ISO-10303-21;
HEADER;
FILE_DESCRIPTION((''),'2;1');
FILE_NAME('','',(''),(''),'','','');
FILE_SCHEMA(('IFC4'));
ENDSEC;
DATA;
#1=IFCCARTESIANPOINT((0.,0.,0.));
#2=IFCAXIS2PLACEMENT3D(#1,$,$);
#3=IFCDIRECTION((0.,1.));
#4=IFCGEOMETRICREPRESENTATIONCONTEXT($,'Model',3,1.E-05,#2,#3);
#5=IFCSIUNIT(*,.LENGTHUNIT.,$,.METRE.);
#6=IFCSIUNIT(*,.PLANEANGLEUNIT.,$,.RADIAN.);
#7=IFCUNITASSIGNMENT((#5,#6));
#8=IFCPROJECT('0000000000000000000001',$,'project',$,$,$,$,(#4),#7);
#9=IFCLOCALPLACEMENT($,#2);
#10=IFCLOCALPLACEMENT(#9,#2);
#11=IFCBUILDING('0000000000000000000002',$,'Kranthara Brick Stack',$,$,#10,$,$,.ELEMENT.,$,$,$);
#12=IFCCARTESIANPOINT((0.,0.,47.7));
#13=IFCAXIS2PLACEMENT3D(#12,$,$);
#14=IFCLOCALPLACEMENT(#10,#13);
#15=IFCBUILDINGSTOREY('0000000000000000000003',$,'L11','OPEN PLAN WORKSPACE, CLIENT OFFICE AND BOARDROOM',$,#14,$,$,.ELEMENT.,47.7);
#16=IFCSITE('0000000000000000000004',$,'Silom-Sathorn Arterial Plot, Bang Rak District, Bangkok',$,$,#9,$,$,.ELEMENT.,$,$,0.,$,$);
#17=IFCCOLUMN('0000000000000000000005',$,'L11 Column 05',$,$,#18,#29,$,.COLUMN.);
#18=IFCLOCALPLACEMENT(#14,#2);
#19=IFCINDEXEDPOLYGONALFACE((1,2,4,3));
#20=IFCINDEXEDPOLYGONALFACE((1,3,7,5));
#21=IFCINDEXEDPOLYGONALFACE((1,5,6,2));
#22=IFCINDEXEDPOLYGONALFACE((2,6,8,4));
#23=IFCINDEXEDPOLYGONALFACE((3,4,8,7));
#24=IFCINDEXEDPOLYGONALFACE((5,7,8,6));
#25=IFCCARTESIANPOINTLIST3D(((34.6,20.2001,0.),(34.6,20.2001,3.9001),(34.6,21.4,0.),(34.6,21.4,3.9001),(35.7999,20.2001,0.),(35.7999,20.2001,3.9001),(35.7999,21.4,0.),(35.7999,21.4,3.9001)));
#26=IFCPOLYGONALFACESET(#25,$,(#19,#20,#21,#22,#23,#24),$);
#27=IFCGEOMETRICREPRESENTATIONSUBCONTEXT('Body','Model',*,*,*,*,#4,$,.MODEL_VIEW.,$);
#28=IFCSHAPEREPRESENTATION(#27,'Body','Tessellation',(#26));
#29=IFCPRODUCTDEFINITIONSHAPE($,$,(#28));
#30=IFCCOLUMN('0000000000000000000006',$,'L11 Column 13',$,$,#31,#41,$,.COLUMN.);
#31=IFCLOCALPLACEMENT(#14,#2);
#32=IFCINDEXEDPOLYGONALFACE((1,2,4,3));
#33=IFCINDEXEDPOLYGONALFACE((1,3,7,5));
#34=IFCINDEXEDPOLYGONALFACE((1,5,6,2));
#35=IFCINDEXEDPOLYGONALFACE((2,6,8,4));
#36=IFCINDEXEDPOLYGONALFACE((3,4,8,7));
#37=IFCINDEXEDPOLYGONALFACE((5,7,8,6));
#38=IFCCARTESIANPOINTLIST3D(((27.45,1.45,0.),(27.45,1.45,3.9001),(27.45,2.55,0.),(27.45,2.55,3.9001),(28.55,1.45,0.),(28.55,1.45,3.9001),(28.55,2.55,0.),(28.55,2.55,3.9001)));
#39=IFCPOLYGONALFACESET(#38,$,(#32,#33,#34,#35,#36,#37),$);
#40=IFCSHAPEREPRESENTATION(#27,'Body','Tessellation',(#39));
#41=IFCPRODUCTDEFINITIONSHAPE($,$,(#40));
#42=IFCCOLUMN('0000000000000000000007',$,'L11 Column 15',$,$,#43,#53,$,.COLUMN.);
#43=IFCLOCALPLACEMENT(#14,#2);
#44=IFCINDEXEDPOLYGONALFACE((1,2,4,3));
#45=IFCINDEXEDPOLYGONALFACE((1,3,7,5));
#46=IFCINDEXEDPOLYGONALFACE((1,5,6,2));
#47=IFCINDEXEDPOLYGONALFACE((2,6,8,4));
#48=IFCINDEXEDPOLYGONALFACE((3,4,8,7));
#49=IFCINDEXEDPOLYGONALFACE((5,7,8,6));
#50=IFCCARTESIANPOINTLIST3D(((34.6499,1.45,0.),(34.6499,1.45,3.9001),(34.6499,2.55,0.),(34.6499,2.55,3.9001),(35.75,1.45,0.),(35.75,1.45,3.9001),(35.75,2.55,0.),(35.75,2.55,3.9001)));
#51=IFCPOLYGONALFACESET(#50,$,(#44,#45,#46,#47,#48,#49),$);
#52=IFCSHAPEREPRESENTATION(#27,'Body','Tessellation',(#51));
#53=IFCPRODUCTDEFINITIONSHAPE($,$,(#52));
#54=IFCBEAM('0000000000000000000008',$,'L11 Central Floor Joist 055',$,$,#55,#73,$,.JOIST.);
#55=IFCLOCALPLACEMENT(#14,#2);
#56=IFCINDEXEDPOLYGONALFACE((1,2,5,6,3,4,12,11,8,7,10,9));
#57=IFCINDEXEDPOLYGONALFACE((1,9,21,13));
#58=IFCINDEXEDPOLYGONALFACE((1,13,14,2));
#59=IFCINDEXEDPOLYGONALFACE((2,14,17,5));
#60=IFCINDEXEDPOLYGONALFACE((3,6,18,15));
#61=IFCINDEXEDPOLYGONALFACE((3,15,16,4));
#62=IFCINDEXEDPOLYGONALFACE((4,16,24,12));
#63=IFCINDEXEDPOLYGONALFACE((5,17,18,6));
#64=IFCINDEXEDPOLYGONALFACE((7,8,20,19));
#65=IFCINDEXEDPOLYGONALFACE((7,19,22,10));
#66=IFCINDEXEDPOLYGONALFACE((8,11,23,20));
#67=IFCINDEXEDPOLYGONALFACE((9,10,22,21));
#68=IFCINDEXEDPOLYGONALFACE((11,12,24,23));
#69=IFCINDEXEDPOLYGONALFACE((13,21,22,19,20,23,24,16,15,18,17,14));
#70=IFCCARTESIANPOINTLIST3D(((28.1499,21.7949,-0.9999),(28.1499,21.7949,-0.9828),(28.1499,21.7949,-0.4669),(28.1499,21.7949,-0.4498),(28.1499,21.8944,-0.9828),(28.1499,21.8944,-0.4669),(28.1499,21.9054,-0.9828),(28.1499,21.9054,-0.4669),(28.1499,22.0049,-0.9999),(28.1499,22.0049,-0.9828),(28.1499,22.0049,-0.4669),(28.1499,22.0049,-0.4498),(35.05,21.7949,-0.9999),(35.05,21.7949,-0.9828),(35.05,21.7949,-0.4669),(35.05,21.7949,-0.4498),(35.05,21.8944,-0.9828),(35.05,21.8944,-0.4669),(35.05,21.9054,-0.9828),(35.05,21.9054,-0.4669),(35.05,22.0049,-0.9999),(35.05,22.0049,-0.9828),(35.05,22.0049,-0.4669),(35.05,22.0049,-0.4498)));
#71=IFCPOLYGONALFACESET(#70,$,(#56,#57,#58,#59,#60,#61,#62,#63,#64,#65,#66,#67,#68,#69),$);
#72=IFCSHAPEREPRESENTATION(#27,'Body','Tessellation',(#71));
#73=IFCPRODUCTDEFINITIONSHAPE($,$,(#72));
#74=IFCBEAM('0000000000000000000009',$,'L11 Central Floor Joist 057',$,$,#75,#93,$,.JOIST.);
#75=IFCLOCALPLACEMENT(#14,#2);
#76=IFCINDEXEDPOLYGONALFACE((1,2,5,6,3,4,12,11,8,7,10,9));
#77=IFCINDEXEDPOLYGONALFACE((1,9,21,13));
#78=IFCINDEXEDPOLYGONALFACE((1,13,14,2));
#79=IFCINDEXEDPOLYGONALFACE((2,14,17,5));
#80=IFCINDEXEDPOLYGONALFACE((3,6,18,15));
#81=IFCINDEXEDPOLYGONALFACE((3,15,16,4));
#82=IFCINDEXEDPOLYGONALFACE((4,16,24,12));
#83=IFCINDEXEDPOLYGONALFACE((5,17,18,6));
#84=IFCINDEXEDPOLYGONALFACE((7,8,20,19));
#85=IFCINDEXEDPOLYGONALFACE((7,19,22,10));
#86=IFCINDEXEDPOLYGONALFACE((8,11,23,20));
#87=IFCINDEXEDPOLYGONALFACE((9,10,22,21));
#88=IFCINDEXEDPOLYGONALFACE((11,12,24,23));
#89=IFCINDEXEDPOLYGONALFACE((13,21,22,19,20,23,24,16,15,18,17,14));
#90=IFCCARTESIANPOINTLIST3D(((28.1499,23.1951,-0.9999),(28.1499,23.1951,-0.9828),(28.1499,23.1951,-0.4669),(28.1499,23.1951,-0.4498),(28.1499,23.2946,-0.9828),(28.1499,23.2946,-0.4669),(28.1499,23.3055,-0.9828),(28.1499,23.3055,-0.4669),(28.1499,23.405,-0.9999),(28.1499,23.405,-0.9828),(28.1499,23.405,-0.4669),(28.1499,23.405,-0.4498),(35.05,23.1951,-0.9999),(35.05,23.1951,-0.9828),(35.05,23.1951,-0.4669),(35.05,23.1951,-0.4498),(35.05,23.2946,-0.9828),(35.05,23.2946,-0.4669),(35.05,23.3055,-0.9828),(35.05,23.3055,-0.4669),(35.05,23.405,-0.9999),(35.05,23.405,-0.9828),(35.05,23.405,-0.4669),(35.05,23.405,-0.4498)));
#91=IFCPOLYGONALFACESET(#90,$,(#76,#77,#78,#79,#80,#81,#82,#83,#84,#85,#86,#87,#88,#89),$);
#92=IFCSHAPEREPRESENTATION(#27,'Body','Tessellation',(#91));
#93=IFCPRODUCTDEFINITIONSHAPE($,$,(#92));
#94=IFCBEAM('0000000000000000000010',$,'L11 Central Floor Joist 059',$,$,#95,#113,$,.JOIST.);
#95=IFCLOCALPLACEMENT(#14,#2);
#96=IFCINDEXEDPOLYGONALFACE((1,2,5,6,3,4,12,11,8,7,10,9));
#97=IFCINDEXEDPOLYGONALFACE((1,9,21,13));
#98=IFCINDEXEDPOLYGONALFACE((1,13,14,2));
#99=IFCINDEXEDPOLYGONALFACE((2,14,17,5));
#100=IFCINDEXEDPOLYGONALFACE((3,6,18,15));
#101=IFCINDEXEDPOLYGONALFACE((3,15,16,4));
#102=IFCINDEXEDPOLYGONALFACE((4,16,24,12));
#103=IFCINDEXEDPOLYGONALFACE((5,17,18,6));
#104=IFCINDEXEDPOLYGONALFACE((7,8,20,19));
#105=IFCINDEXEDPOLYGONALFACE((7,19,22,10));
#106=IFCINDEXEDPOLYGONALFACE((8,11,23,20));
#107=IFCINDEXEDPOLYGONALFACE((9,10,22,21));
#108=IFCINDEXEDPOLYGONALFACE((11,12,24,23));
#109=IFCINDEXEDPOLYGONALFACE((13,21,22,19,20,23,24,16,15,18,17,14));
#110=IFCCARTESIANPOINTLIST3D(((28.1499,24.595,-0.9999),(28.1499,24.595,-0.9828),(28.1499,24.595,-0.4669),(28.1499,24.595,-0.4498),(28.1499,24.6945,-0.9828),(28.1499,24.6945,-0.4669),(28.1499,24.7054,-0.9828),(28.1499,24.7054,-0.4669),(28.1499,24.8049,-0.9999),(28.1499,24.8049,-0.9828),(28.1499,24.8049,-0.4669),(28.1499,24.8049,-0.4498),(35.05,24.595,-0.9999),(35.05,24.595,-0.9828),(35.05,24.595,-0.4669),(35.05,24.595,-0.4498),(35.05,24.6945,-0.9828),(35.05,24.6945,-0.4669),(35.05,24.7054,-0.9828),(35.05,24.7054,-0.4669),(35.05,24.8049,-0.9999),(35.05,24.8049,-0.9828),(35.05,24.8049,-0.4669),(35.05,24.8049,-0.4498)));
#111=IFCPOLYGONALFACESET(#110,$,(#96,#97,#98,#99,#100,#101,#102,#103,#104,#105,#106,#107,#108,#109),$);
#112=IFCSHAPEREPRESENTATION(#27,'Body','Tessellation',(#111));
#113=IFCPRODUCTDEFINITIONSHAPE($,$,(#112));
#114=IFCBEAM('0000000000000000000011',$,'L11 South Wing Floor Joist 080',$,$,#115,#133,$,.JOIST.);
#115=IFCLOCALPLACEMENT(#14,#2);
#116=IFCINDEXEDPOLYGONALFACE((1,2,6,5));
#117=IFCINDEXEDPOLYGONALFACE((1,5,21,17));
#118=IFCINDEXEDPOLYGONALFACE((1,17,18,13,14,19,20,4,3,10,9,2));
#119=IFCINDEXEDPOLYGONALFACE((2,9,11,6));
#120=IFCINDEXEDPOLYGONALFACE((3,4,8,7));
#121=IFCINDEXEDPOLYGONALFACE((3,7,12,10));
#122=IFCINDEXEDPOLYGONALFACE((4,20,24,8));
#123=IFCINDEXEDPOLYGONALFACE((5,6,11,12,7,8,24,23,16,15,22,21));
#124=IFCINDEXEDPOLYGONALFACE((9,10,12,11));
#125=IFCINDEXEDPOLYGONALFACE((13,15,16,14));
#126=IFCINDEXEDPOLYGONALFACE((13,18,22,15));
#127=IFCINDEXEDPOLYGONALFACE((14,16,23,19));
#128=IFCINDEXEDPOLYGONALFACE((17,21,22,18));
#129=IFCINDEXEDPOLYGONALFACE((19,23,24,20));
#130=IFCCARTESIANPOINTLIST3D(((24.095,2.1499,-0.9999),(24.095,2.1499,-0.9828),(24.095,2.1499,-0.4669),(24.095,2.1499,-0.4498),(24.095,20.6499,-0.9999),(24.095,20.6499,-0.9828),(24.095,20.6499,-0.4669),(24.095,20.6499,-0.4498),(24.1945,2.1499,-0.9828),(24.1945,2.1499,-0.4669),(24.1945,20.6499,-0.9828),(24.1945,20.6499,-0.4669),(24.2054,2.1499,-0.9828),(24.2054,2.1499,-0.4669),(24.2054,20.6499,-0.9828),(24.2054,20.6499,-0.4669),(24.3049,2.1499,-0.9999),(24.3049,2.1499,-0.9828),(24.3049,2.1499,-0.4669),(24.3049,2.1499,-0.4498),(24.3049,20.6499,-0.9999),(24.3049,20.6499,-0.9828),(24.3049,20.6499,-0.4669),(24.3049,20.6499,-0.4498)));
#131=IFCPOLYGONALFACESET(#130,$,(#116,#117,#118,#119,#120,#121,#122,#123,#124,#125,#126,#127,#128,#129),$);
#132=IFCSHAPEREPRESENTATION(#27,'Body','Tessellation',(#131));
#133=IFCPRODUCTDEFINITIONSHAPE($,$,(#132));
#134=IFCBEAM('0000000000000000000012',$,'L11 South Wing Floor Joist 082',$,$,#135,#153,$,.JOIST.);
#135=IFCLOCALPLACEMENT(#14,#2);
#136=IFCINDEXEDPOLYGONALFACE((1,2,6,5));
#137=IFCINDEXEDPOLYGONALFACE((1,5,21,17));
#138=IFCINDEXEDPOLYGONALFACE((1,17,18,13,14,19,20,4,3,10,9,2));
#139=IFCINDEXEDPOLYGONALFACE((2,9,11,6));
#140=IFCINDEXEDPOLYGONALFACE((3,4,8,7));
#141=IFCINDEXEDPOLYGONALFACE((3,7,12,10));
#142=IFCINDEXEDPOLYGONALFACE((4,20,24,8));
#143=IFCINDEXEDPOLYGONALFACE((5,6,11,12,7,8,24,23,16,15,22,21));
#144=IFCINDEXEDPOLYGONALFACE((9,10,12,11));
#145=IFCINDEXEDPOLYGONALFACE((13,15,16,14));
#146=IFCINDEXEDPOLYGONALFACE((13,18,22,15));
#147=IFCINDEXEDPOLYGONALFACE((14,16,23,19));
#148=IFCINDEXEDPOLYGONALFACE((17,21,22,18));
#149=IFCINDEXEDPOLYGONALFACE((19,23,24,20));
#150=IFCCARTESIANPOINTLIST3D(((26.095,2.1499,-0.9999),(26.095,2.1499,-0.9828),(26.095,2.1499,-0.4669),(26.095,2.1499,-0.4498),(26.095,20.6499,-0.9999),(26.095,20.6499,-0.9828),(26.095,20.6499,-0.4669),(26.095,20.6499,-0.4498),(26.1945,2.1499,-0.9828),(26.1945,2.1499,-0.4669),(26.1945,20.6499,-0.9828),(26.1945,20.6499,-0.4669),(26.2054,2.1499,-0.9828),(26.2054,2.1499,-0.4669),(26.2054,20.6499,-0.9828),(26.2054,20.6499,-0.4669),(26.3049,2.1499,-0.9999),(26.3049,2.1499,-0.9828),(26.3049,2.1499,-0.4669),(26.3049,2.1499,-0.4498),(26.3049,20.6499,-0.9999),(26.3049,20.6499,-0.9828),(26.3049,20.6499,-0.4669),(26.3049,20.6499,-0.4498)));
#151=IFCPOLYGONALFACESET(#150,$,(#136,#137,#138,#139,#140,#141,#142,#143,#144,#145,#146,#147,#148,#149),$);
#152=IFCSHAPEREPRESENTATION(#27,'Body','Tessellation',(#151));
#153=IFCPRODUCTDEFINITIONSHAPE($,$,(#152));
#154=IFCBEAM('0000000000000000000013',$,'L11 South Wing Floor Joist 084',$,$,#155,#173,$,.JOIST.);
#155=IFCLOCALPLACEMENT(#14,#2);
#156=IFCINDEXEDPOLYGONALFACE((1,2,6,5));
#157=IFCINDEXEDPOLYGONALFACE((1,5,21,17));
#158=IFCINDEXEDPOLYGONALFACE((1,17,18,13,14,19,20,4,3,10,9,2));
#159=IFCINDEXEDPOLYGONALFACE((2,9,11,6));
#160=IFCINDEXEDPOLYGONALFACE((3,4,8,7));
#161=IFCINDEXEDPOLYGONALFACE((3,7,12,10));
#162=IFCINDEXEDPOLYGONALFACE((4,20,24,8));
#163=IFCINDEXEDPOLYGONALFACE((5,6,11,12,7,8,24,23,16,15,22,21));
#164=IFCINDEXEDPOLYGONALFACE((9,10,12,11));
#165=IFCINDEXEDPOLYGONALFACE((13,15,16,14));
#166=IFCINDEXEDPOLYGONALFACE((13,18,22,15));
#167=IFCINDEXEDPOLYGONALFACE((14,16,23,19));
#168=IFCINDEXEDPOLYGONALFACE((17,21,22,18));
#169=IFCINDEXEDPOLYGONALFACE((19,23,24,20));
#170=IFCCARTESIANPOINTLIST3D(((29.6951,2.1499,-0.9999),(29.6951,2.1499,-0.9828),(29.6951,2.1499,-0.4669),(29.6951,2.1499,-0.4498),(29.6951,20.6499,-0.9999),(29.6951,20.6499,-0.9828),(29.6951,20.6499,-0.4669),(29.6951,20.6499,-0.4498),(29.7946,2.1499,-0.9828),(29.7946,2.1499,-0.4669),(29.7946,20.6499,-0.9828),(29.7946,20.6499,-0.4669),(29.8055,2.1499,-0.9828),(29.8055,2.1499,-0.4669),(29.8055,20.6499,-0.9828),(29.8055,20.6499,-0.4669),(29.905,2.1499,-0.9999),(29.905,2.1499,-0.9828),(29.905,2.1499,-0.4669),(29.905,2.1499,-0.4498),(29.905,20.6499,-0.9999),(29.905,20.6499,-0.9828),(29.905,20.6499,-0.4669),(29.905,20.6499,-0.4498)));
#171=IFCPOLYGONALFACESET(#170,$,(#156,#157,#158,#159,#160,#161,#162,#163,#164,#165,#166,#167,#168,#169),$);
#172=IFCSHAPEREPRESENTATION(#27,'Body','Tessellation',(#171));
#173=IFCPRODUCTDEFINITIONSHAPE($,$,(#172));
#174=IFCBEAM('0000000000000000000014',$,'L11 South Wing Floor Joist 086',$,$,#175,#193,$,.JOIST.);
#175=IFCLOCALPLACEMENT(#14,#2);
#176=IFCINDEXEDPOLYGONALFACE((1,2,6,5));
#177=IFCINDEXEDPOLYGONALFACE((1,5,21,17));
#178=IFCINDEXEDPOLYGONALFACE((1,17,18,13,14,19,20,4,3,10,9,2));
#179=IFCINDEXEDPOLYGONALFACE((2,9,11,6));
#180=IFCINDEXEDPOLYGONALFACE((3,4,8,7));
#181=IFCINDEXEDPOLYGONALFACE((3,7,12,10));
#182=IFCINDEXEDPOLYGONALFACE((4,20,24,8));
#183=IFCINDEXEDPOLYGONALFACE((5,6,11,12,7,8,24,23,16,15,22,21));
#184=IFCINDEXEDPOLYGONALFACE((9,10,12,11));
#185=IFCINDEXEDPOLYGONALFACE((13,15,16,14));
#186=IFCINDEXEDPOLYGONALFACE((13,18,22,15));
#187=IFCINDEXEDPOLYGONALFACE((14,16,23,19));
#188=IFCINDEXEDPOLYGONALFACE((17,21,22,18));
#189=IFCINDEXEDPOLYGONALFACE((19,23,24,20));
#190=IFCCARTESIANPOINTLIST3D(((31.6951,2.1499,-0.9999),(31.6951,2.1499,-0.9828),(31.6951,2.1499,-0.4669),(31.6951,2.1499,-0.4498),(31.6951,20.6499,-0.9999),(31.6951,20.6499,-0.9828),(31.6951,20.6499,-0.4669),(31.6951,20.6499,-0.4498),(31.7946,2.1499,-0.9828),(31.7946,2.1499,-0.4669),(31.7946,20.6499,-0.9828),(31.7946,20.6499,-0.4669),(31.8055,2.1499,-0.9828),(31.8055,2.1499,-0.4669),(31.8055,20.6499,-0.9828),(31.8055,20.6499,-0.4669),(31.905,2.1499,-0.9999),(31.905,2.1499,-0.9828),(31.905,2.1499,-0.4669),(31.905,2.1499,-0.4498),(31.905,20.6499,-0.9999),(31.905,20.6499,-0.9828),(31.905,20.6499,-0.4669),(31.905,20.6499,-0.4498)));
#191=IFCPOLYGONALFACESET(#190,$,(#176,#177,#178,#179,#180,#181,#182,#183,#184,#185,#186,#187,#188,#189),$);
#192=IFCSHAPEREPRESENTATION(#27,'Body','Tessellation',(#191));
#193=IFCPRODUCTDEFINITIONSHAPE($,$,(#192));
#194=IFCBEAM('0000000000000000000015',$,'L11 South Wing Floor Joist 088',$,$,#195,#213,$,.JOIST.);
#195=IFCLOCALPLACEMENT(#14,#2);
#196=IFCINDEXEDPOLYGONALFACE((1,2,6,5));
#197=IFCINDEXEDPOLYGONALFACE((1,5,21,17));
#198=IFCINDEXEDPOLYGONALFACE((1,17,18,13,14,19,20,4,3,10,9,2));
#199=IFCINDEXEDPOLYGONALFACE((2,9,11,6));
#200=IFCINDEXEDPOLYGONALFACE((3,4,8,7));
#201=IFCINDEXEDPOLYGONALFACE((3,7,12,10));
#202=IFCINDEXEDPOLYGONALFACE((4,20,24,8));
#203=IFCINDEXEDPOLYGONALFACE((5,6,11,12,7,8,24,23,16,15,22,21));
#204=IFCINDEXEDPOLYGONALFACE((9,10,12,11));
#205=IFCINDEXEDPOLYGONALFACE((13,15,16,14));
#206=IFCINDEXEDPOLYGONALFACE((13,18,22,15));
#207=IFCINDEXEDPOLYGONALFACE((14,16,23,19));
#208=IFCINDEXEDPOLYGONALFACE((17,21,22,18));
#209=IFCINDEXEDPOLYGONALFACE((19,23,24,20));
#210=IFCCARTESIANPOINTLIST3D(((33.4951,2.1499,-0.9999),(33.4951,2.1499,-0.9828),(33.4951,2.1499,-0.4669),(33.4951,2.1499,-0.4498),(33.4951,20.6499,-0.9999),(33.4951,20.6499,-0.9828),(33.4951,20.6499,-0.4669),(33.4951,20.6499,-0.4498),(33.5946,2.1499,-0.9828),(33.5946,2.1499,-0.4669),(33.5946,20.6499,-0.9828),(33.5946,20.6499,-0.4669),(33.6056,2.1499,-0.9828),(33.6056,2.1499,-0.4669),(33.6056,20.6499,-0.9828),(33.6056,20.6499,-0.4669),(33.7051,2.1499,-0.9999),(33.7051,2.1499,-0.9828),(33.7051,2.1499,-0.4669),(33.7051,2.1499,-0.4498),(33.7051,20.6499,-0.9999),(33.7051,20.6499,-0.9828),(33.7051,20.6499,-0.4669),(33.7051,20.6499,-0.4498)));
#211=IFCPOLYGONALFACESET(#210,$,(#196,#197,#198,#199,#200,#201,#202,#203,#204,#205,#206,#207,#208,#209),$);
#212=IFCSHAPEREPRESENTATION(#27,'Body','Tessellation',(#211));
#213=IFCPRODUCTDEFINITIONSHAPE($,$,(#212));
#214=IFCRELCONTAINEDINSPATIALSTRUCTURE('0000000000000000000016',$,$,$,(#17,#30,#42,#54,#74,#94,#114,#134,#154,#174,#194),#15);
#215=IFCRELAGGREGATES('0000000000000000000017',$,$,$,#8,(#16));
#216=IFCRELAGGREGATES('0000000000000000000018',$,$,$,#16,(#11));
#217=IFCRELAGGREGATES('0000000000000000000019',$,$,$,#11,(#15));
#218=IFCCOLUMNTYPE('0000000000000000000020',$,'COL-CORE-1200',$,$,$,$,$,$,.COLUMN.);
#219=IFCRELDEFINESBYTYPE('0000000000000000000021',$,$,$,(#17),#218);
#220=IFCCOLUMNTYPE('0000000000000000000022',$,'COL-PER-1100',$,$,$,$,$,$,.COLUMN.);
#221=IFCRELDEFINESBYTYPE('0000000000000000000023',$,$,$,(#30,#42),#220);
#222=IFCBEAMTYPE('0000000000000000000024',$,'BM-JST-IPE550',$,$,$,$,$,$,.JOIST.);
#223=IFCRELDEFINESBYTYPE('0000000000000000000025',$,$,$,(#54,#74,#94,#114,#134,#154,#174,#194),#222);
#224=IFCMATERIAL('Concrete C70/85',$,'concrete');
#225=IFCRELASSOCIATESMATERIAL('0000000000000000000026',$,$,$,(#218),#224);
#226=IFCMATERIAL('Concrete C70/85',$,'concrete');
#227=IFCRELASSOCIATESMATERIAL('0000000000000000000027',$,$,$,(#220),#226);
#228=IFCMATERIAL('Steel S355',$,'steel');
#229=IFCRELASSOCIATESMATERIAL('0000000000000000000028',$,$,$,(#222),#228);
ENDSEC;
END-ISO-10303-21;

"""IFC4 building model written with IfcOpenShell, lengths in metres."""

from ifc_helpers import new_model, si_unit, direction, frame, origin, origin_2d, place, context, subcontext, project, spatial, rectangle, i_section, extrude, material, material_profile, profile_set, type_object, element, save


model = new_model("IFC4")

# Units and contexts
model_context = context("Model", 3, precision=1e-05, world=origin(), true_north=direction((0.0, 1.0)))
body_context = subcontext(model_context, "Body", "Model", "MODEL_VIEW")
ifc_project = project(units=[si_unit("LENGTHUNIT", "METRE"), si_unit("PLANEANGLEUNIT", "RADIAN")], contexts=[model_context])

# Site, building, storey
site_placement = place(None, origin())
site = spatial("IfcSite", under=ifc_project, at=site_placement, Name="Silom-Sathorn Arterial Plot, Bang Rak District, Bangkok", CompositionType="ELEMENT", RefElevation=0.0)
building_placement = place(site_placement, origin())
building = spatial("IfcBuilding", under=site, at=building_placement, Name="Kranthara Brick Stack", CompositionType="ELEMENT")
storey_placement = place(building_placement, frame((0.0, 0.0, 47.7)))
storey = spatial("IfcBuildingStorey", under=building, at=storey_placement, Name="L11", Description="OPEN PLAN WORKSPACE, CLIENT OFFICE AND BOARDROOM", CompositionType="ELEMENT", Elevation=47.7)

# Columns
ifc_material_1 = material(Name="Concrete C70/85", Category="concrete")
ifc_material_profile_1 = material_profile(ifc_material_1, rectangle(XDim=1.2, YDim=1.2, at=origin_2d()), Name="RC 1200x1200")
ifc_profile_set_1 = profile_set([ifc_material_profile_1], Name="Concrete C70/85")
column_type_1 = type_object("IfcColumnType", Name="COL-CORE-1200", PredefinedType="COLUMN", material=ifc_profile_set_1)
column_placement = place(storey_placement, frame((35.2, 20.8, 0.0), z_axis=(0.0, 0.0, 1.0), x_axis=(1.0, 0.0, 0.0)))
element("IfcColumn", 1, at=column_placement, inside=storey, type_object=column_type_1, Name="L11 Column 05", PredefinedType="COLUMN", context=body_context, shape_type="SweptSolid", body=[
    extrude(rectangle(XDim=1.2, YDim=1.2, at=origin_2d()), origin(), (0.0, 0.0, 1.0), 3.9001),
])
ifc_material_2 = material(Name="Concrete C70/85", Category="concrete")
ifc_material_profile_2 = material_profile(ifc_material_2, rectangle(XDim=1.1001, YDim=1.1001, at=origin_2d()), Name="RC 1100x1100")
ifc_profile_set_2 = profile_set([ifc_material_profile_2], Name="Concrete C70/85")
column_type_2 = type_object("IfcColumnType", Name="COL-PER-1100", PredefinedType="COLUMN", material=ifc_profile_set_2)
for number, where, z_axis, x_axis, name in (
    (2, (28.0, 2.0, 0.0), (0.0, 0.0, 1.0), (1.0, 0.0, 0.0), "L11 Column 13"),
    (3, (35.2, 2.0, 0.0), (0.0, 0.0, 1.0), (1.0, 0.0, 0.0), "L11 Column 15"),
):
    element("IfcColumn", number, at=place(storey_placement, frame(where, z_axis=z_axis, x_axis=x_axis)), inside=storey, type_object=column_type_2, Name=name, PredefinedType="COLUMN", context=body_context, shape_type="SweptSolid", body=[
        extrude(rectangle(XDim=1.1001, YDim=1.1001, at=origin_2d()), origin(), (0.0, 0.0, 1.0), 3.9001),
    ])

# Beams
ifc_material_3 = material(Name="Steel S355", Category="steel")
ifc_material_profile_3 = material_profile(ifc_material_3, i_section(OverallWidth=0.21, OverallDepth=0.55, WebThickness=0.011, FlangeThickness=0.0171, at=origin_2d()), Name="IPE 550")
ifc_profile_set_3 = profile_set([ifc_material_profile_3], Name="Steel S355")
beam_type_1 = type_object("IfcBeamType", Name="BM-JST-IPE550", PredefinedType="JOIST", material=ifc_profile_set_3)
for number, where, z_axis, x_axis, name in (
    (4, (28.1499, 21.8999, -0.7249), (1.0, 0.0, 0.0), (0.0, 1.0, 0.0), "L11 Central Floor Joist 055"),
    (5, (28.1499, 23.3, -0.7249), (1.0, 0.0, 0.0), (0.0, 1.0, 0.0), "L11 Central Floor Joist 057"),
    (6, (28.1499, 24.7, -0.7249), (1.0, 0.0, 0.0), (0.0, 1.0, 0.0), "L11 Central Floor Joist 059"),
):
    element("IfcBeam", number, at=place(storey_placement, frame(where, z_axis=z_axis, x_axis=x_axis)), inside=storey, type_object=beam_type_1, Name=name, PredefinedType="JOIST", context=body_context, shape_type="SweptSolid", body=[
        extrude(i_section(OverallWidth=0.21, OverallDepth=0.55, WebThickness=0.011, FlangeThickness=0.0171, at=origin_2d()), origin(), (0.0, 0.0, 1.0), 6.9001),
    ])
for number, where, z_axis, x_axis, name in (
    (7, (24.2, 2.1499, -0.7249), (0.0, 1.0, 0.0), (-1.0, 0.0, 0.0), "L11 South Wing Floor Joist 080"),
    (8, (26.2, 2.1499, -0.7249), (0.0, 1.0, 0.0), (-1.0, 0.0, 0.0), "L11 South Wing Floor Joist 082"),
    (9, (29.8, 2.1499, -0.7249), (0.0, 1.0, 0.0), (-1.0, 0.0, 0.0), "L11 South Wing Floor Joist 084"),
    (10, (31.8, 2.1499, -0.7249), (0.0, 1.0, 0.0), (-1.0, 0.0, 0.0), "L11 South Wing Floor Joist 086"),
    (11, (33.6001, 2.1499, -0.7249), (0.0, 1.0, 0.0), (-1.0, 0.0, 0.0), "L11 South Wing Floor Joist 088"),
):
    element("IfcBeam", number, at=place(storey_placement, frame(where, z_axis=z_axis, x_axis=x_axis)), inside=storey, type_object=beam_type_1, Name=name, PredefinedType="JOIST", context=body_context, shape_type="SweptSolid", body=[
        extrude(i_section(OverallWidth=0.21, OverallDepth=0.55, WebThickness=0.011, FlangeThickness=0.0171, at=origin_2d()), origin(), (0.0, 0.0, 1.0), 18.5),
    ])

save(model, "model.ifc")
